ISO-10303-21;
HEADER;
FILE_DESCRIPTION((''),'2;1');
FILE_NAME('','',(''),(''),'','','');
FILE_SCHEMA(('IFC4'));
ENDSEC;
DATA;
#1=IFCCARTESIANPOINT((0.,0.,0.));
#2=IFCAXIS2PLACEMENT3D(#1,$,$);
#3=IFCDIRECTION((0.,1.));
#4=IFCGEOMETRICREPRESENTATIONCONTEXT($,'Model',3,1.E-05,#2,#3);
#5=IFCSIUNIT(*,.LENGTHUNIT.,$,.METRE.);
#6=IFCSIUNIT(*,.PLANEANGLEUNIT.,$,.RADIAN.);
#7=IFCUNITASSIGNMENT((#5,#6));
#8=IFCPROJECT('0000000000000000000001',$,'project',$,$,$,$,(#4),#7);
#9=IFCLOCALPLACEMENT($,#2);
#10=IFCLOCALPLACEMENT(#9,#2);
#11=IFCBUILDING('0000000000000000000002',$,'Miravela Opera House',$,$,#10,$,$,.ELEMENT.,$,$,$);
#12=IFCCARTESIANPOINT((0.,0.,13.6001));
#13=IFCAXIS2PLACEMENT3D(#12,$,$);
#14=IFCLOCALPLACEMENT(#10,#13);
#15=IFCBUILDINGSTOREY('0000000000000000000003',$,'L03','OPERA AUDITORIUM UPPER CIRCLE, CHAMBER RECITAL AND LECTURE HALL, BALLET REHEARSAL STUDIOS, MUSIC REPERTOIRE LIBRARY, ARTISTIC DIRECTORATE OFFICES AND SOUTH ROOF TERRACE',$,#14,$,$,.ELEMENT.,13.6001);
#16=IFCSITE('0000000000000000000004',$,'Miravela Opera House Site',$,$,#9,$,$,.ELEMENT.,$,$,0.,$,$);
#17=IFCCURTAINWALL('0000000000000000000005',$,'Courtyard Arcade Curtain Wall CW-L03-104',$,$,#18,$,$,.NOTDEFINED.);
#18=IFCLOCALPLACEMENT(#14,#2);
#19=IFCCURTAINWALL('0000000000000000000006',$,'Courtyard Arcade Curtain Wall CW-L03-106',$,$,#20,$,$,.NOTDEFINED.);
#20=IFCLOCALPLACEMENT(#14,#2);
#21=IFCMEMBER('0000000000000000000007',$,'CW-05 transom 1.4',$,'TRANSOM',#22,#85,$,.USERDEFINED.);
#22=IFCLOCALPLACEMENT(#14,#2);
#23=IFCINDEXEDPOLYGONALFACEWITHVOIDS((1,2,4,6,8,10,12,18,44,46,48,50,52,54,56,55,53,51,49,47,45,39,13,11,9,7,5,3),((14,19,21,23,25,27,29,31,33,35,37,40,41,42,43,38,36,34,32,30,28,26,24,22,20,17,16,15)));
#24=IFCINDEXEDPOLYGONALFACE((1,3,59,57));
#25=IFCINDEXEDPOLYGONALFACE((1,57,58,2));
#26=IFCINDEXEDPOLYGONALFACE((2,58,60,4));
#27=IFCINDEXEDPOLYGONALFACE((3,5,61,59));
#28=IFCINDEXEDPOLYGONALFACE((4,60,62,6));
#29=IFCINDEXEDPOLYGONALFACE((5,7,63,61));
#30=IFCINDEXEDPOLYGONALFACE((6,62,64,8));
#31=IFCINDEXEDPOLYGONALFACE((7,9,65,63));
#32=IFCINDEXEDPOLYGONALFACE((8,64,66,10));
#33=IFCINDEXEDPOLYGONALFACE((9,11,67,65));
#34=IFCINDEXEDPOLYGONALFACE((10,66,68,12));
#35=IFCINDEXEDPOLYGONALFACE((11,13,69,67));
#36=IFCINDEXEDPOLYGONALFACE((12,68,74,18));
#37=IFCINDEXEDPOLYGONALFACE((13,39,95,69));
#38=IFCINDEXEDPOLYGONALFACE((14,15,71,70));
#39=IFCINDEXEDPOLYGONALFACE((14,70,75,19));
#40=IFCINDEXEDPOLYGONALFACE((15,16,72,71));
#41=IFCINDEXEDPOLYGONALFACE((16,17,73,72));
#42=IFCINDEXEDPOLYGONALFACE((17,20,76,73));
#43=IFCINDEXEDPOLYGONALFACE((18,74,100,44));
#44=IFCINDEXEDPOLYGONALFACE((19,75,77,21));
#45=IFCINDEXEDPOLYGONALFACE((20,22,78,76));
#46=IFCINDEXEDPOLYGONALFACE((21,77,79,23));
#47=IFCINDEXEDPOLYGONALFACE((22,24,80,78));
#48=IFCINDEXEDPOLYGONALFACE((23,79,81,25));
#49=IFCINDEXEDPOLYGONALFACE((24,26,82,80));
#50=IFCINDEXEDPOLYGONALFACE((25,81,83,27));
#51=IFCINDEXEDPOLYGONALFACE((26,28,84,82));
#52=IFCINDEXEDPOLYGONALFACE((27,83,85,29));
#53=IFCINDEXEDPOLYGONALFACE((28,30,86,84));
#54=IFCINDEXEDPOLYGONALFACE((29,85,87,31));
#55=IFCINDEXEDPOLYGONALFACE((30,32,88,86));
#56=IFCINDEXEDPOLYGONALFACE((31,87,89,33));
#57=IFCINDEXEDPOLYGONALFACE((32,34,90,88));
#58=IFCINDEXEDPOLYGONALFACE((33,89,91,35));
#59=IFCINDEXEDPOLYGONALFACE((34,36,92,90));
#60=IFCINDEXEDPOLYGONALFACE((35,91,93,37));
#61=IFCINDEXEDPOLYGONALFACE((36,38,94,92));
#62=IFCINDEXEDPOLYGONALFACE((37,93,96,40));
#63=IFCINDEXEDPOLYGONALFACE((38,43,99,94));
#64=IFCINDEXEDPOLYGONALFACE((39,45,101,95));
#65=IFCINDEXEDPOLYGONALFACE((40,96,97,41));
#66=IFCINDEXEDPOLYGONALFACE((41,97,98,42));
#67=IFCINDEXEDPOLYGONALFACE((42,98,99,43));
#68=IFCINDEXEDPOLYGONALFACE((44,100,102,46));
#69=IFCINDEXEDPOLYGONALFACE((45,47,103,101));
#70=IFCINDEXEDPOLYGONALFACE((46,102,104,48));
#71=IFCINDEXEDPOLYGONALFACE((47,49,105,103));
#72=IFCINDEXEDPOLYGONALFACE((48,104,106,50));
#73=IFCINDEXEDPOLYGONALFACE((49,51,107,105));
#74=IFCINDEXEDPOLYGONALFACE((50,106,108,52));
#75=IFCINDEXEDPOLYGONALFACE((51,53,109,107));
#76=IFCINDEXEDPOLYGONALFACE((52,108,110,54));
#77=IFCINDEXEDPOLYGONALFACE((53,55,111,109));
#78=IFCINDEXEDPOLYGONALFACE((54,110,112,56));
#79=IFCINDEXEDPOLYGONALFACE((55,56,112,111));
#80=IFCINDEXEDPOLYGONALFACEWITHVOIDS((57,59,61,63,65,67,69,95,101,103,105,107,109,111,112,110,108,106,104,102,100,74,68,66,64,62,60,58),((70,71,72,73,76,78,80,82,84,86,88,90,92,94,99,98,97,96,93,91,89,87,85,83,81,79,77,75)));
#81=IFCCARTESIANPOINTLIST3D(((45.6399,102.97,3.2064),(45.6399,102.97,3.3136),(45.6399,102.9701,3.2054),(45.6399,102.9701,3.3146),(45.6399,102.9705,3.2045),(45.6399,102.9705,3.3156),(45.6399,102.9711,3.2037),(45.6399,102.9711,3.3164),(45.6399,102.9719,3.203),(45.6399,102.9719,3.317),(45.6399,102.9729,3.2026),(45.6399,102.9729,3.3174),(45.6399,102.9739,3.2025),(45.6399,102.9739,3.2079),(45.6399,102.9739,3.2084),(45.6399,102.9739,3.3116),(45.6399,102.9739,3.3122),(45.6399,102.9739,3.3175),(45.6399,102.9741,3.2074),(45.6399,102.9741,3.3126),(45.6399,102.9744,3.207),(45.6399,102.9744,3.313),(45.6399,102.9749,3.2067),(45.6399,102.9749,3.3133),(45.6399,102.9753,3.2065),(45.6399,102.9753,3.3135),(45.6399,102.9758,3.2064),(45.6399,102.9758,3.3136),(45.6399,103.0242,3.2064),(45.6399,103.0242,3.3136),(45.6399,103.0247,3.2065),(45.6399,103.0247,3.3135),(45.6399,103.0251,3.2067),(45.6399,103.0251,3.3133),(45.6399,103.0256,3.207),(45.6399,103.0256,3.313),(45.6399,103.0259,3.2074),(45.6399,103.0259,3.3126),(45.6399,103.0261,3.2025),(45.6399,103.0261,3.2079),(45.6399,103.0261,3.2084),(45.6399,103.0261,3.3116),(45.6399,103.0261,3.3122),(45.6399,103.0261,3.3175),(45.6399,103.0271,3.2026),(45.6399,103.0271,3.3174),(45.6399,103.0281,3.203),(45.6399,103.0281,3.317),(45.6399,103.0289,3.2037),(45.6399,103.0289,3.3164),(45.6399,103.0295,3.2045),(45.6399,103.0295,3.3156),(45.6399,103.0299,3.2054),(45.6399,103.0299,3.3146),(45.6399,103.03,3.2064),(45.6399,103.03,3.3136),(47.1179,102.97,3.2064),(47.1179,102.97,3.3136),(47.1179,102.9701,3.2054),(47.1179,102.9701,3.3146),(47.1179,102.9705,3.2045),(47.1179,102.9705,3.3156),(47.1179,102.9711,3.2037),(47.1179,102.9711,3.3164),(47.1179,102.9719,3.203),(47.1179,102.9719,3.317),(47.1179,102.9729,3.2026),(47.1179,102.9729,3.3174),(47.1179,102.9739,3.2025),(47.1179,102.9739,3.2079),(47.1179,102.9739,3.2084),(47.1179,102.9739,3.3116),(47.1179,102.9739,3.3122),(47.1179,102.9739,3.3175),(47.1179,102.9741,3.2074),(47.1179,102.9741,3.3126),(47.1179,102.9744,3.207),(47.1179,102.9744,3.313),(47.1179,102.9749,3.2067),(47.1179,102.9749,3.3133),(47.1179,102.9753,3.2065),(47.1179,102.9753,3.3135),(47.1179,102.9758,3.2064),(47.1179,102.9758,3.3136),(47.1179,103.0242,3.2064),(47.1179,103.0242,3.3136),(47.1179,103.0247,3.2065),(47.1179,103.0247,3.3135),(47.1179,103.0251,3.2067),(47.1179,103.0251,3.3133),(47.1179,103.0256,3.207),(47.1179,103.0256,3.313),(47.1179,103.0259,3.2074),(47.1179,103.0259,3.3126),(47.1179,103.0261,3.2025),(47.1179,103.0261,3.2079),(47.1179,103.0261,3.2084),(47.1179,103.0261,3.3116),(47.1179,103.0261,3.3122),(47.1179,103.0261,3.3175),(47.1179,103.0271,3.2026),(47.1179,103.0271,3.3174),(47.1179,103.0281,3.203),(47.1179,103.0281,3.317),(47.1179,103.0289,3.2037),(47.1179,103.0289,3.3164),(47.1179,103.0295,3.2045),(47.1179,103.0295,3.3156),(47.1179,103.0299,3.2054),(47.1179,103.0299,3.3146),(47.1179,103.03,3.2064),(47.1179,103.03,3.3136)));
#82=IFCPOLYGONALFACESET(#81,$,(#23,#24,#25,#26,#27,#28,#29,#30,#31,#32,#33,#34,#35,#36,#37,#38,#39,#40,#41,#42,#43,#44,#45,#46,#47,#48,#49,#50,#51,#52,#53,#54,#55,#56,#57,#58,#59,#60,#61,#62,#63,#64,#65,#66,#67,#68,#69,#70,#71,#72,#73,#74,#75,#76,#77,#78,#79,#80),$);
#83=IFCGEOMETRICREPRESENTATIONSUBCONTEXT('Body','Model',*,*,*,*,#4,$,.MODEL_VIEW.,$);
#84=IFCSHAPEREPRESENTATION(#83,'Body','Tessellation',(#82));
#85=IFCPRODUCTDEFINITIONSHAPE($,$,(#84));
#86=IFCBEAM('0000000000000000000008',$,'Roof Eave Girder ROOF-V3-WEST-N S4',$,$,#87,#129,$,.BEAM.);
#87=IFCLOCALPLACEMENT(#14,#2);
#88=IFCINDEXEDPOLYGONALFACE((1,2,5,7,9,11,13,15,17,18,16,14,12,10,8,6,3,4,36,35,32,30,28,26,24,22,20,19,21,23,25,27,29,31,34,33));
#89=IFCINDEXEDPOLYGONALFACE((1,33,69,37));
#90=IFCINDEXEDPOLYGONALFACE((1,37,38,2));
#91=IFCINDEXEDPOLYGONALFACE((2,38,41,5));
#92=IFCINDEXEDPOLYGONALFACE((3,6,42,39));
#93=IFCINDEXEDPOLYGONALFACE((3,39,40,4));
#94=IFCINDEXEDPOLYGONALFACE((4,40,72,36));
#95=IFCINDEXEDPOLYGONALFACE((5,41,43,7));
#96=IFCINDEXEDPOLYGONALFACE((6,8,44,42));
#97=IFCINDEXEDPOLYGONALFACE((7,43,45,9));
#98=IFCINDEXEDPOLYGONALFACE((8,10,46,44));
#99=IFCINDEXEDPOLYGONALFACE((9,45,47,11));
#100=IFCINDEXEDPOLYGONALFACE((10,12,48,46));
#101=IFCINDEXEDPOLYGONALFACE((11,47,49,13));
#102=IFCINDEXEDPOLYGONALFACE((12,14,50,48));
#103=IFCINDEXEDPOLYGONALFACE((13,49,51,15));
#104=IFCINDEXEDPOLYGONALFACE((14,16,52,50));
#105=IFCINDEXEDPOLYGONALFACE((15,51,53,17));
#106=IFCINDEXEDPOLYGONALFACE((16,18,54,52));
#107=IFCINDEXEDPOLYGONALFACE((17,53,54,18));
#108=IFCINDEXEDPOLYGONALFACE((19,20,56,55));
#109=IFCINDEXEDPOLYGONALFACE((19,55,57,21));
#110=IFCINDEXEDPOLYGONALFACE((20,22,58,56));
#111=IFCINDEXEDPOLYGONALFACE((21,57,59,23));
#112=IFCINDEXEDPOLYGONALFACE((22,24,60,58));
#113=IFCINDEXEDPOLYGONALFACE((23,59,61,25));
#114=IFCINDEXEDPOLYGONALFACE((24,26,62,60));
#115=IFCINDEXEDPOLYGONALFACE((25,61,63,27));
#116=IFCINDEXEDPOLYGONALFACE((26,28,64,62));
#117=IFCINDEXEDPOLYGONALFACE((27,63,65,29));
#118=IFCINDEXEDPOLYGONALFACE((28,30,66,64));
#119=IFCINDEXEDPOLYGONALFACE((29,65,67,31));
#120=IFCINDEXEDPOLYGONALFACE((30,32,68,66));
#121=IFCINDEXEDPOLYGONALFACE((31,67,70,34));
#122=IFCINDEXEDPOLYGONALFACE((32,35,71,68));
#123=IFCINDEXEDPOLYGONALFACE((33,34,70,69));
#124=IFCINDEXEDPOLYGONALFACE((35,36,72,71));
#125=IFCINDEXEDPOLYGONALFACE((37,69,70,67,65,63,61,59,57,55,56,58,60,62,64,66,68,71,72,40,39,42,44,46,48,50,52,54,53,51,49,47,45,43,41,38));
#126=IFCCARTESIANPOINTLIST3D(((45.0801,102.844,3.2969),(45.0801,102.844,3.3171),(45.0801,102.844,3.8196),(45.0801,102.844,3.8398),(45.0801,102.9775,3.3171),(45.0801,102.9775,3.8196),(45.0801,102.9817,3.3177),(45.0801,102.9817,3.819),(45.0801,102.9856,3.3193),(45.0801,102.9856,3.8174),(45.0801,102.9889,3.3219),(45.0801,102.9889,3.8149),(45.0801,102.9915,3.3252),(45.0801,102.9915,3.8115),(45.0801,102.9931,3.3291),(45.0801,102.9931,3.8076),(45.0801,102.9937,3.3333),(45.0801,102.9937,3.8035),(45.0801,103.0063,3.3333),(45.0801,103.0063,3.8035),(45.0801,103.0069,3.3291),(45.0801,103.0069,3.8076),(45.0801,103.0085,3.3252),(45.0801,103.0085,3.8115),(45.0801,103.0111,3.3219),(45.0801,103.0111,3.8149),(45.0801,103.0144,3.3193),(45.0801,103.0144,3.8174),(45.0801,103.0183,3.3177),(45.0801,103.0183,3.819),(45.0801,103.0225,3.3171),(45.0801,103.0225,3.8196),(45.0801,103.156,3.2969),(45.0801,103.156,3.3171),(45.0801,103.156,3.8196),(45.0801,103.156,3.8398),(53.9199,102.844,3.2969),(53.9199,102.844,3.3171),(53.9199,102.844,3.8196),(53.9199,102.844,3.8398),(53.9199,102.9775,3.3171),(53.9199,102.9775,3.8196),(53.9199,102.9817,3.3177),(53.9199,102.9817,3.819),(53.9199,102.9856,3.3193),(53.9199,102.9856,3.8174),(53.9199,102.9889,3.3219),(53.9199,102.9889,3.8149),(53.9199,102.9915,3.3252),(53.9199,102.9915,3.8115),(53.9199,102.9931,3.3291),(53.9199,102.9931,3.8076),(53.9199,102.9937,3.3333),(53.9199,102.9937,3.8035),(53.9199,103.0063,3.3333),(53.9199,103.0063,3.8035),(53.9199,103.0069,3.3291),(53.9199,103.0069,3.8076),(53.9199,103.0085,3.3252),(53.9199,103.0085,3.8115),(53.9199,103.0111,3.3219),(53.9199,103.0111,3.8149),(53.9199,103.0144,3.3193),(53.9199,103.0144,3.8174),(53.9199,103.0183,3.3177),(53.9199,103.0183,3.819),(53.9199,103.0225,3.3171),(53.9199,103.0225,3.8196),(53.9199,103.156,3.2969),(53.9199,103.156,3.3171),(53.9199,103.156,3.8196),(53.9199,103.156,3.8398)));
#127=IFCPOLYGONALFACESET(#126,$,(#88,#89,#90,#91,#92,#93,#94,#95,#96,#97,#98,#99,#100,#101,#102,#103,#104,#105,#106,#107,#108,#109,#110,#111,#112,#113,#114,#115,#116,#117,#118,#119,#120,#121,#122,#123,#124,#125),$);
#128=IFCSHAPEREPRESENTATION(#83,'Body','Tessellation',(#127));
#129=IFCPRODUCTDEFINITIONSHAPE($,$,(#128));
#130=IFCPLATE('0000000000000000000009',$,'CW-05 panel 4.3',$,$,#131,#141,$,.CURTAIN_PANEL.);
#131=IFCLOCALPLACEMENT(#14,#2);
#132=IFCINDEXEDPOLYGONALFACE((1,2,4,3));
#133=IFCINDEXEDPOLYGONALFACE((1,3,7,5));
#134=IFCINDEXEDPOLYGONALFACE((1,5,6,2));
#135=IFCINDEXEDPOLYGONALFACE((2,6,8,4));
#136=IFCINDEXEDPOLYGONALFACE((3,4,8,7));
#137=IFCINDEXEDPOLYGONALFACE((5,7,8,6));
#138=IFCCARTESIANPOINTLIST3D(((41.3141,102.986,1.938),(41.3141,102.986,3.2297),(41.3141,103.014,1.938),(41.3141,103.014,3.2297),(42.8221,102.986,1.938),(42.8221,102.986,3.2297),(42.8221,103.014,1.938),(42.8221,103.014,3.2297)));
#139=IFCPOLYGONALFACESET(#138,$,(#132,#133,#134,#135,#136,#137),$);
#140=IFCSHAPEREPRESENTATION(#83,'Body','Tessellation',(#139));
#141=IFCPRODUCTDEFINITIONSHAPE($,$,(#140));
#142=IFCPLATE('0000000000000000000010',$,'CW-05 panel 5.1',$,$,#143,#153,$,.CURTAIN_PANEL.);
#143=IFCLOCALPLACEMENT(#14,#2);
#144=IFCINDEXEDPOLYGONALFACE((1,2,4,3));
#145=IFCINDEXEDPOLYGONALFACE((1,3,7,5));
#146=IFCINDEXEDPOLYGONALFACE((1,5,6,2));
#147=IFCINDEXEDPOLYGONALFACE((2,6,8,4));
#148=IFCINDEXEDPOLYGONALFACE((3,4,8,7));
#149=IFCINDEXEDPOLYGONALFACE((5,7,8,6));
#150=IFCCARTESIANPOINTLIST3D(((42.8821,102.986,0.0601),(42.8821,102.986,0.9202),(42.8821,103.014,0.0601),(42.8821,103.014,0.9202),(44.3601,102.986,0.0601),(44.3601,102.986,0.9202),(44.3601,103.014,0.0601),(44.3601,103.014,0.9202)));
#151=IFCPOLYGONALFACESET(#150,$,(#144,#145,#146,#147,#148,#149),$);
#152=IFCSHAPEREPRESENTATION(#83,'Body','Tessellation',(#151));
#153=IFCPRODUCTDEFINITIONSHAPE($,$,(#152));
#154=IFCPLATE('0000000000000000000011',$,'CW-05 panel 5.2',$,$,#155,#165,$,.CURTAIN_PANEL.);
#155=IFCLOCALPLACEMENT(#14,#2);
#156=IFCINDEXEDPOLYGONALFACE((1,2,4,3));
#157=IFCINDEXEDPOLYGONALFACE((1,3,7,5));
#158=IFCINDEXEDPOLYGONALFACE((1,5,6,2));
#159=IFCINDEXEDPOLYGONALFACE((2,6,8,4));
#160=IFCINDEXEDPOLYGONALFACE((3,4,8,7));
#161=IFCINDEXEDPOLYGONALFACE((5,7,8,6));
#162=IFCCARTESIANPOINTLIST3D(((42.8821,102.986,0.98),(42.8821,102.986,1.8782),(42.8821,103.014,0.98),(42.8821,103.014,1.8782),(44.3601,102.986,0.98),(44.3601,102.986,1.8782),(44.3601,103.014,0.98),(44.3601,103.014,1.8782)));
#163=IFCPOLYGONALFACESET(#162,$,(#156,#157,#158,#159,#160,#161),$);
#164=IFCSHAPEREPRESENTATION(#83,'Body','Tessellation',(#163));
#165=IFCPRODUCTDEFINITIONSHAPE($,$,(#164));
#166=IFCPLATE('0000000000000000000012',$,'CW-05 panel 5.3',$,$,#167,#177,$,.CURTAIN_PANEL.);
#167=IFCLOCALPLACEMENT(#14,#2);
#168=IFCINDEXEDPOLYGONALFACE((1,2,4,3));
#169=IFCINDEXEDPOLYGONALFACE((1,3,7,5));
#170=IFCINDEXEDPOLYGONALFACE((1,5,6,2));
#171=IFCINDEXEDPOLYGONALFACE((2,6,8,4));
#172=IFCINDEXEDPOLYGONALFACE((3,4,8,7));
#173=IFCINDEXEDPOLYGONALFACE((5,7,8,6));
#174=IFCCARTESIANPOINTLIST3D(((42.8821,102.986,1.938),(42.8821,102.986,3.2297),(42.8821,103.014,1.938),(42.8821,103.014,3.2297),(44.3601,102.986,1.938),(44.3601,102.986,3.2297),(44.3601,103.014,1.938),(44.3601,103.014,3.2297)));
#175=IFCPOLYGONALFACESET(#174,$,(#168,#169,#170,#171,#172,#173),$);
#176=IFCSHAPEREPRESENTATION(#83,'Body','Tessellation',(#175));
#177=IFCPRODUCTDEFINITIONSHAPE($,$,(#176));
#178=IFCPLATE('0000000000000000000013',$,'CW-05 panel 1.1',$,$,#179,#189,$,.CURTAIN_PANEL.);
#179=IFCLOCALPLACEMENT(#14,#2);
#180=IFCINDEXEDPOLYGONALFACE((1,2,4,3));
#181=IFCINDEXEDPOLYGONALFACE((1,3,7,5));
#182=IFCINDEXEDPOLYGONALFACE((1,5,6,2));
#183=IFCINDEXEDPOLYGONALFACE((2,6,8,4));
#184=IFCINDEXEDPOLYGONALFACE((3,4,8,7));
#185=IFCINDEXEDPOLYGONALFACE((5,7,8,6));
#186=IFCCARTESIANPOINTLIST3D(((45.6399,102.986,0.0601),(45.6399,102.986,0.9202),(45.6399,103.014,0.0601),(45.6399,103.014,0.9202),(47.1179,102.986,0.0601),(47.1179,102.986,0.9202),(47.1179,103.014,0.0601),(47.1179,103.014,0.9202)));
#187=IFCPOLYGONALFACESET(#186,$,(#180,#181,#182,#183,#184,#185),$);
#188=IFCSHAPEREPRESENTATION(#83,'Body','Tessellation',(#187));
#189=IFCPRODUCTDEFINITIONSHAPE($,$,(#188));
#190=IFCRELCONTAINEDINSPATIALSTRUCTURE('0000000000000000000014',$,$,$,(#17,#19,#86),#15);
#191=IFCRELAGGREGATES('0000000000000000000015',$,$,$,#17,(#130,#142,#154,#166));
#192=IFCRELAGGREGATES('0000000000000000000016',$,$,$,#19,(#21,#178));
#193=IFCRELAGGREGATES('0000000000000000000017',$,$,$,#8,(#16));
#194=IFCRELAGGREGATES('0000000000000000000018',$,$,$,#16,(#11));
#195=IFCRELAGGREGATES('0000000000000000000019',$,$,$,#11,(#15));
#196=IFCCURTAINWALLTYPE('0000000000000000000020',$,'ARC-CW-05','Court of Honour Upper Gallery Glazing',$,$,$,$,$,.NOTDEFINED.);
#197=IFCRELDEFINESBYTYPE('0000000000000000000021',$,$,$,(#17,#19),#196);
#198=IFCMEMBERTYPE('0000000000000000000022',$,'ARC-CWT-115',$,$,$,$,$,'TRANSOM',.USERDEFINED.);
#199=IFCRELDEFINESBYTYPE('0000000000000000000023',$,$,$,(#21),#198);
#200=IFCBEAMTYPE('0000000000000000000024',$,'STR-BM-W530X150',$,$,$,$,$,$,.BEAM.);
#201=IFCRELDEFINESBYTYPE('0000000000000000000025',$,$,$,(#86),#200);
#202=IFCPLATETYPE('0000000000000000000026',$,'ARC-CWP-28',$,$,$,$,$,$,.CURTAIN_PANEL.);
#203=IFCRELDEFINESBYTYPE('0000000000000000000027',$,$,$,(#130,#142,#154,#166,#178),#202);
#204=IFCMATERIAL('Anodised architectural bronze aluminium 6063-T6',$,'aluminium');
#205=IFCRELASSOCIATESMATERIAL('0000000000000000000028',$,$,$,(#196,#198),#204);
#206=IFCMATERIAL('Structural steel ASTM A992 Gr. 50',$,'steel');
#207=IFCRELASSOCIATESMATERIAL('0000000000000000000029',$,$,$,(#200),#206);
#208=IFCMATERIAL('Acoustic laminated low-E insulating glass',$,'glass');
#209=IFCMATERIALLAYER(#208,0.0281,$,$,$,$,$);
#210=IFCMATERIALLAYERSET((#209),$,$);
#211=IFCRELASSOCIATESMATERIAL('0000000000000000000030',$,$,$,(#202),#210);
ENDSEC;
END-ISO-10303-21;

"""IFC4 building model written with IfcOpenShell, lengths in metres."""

from ifc_helpers import new_model, si_unit, direction, frame, origin, origin_2d, place, context, subcontext, project, spatial, rectangle, hollow_rectangle, i_section, extrude, material, layer, layer_set, material_profile, profile_set, type_object, element, aggregate, save


model = new_model("IFC4")

# Units and contexts
model_context = context("Model", 3, precision=1e-05, world=origin(), true_north=direction((0.0, 1.0)))
body_context = subcontext(model_context, "Body", "Model", "MODEL_VIEW")
ifc_project = project(units=[si_unit("LENGTHUNIT", "METRE"), si_unit("PLANEANGLEUNIT", "RADIAN")], contexts=[model_context])

# Site, building, storey
site_placement = place(None, origin())
site = spatial("IfcSite", under=ifc_project, at=site_placement, Name="Miravela Opera House Site", CompositionType="ELEMENT", RefElevation=0.0)
building_placement = place(site_placement, origin())
building = spatial("IfcBuilding", under=site, at=building_placement, Name="Miravela Opera House", CompositionType="ELEMENT")
storey_placement = place(building_placement, frame((0.0, 0.0, 13.6001)))
storey = spatial("IfcBuildingStorey", under=building, at=storey_placement, Name="L03", Description="OPERA AUDITORIUM UPPER CIRCLE, CHAMBER RECITAL AND LECTURE HALL, BALLET REHEARSAL STUDIOS, MUSIC REPERTOIRE LIBRARY, ARTISTIC DIRECTORATE OFFICES AND SOUTH ROOF TERRACE", CompositionType="ELEMENT", Elevation=13.6001)

# Curtain wall
ifc_material_1 = material(Name="Anodised architectural bronze aluminium 6063-T6", Category="aluminium")
curtain_wall_type = type_object("IfcCurtainWallType", Name="ARC-CW-05", Description="Court of Honour Upper Gallery Glazing", PredefinedType="NOTDEFINED", material=ifc_material_1)
curtain_wall_1_placement = place(storey_placement, origin())
curtain_wall_1 = element("IfcCurtainWall", 1, at=curtain_wall_1_placement, inside=storey, type_object=curtain_wall_type, Name="Courtyard Arcade Curtain Wall CW-L03-104", PredefinedType="NOTDEFINED")

# Curtain wall
curtain_wall_2_placement = place(storey_placement, origin())
curtain_wall_2 = element("IfcCurtainWall", 2, at=curtain_wall_2_placement, inside=storey, type_object=curtain_wall_type, Name="Courtyard Arcade Curtain Wall CW-L03-106", PredefinedType="NOTDEFINED")

# Member
ifc_material_profile_1 = material_profile(ifc_material_1, hollow_rectangle(XDim=0.0601, YDim=0.115, WallThickness=0.0039, InnerFilletRadius=0.002, OuterFilletRadius=0.0039, at=origin_2d()), Name="CWT-60X115")
ifc_profile_set_1 = profile_set([ifc_material_profile_1])
member_type_1 = type_object("IfcMemberType", Name="ARC-CWT-115", ElementType="TRANSOM", PredefinedType="USERDEFINED", material=ifc_profile_set_1)
member_1_placement = place(storey_placement, frame((45.6399, 103.0, 3.26), z_axis=(1.0, 0.0, 0.0), x_axis=(0.0, 1.0, 0.0)))
member_1 = element("IfcMember", 3, at=member_1_placement, type_object=member_type_1, Name="CW-05 transom 1.4", ObjectType="TRANSOM", PredefinedType="USERDEFINED", context=body_context, shape_type="SweptSolid", body=[
    extrude(hollow_rectangle(XDim=0.0601, YDim=0.115, WallThickness=0.0039, InnerFilletRadius=0.002, OuterFilletRadius=0.0039, at=origin_2d()), origin(), (0.0, 0.0, 1.0), 1.478),
])

# Beam
ifc_material_2 = material(Name="Structural steel ASTM A992 Gr. 50", Category="steel")
ifc_material_profile_2 = material_profile(ifc_material_2, i_section(OverallWidth=0.312, OverallDepth=0.543, WebThickness=0.0127, FlangeThickness=0.0203, FilletRadius=0.0161, at=origin_2d()), Name="W530X150")
ifc_profile_set_2 = profile_set([ifc_material_profile_2])
beam_type = type_object("IfcBeamType", Name="STR-BM-W530X150", PredefinedType="BEAM", material=ifc_profile_set_2)
beam_placement = place(storey_placement, frame((45.0801, 103.0, 3.5684), z_axis=(1.0, 0.0, 0.0), x_axis=(0.0, 1.0, 0.0)))
element("IfcBeam", 4, at=beam_placement, inside=storey, type_object=beam_type, Name="Roof Eave Girder ROOF-V3-WEST-N S4", PredefinedType="BEAM", context=body_context, shape_type="SweptSolid", body=[
    extrude(i_section(OverallWidth=0.312, OverallDepth=0.543, WebThickness=0.0127, FlangeThickness=0.0203, FilletRadius=0.0161, at=origin_2d()), origin(), (0.0, 0.0, 1.0), 8.8398),
])

# Plates
ifc_material_3 = material(Name="Acoustic laminated low-E insulating glass", Category="glass")
ifc_layer = layer(ifc_material_3, 0.0281)
ifc_layer_set = layer_set([ifc_layer])
plate_type = type_object("IfcPlateType", Name="ARC-CWP-28", PredefinedType="CURTAIN_PANEL", material=ifc_layer_set)
plate_1_placement = place(storey_placement, frame((42.0681, 103.0, 1.938), z_axis=(0.0, 0.0, 1.0), x_axis=(1.0, 0.0, 0.0)))
plate_1 = element("IfcPlate", 5, at=plate_1_placement, type_object=plate_type, Name="CW-05 panel 4.3", PredefinedType="CURTAIN_PANEL", context=body_context, shape_type="SweptSolid", body=[
    extrude(rectangle(XDim=1.5081, YDim=0.0281, at=origin_2d()), origin(), (0.0, 0.0, 1.0), 1.2917),
])
plate_2_placement = place(storey_placement, frame((43.6211, 103.0, 0.0601), z_axis=(0.0, 0.0, 1.0), x_axis=(1.0, 0.0, 0.0)))
plate_2 = element("IfcPlate", 6, at=plate_2_placement, type_object=plate_type, Name="CW-05 panel 5.1", PredefinedType="CURTAIN_PANEL", context=body_context, shape_type="SweptSolid", body=[
    extrude(rectangle(XDim=1.478, YDim=0.0281, at=origin_2d()), origin(), (0.0, 0.0, 1.0), 0.8601),
])
plate_3_placement = place(storey_placement, frame((43.6211, 103.0, 0.98), z_axis=(0.0, 0.0, 1.0), x_axis=(1.0, 0.0, 0.0)))
plate_3 = element("IfcPlate", 7, at=plate_3_placement, type_object=plate_type, Name="CW-05 panel 5.2", PredefinedType="CURTAIN_PANEL", context=body_context, shape_type="SweptSolid", body=[
    extrude(rectangle(XDim=1.478, YDim=0.0281, at=origin_2d()), origin(), (0.0, 0.0, 1.0), 0.8982),
])
plate_4_placement = place(storey_placement, frame((43.6211, 103.0, 1.938), z_axis=(0.0, 0.0, 1.0), x_axis=(1.0, 0.0, 0.0)))
plate_4 = element("IfcPlate", 8, at=plate_4_placement, type_object=plate_type, Name="CW-05 panel 5.3", PredefinedType="CURTAIN_PANEL", context=body_context, shape_type="SweptSolid", body=[
    extrude(rectangle(XDim=1.478, YDim=0.0281, at=origin_2d()), origin(), (0.0, 0.0, 1.0), 1.2917),
])
aggregate(curtain_wall_1, [plate_1, plate_2, plate_3, plate_4])
plate_5_placement = place(storey_placement, frame((46.3789, 103.0, 0.0601), z_axis=(0.0, 0.0, 1.0), x_axis=(1.0, 0.0, 0.0)))
plate_5 = element("IfcPlate", 9, at=plate_5_placement, type_object=plate_type, Name="CW-05 panel 1.1", PredefinedType="CURTAIN_PANEL", context=body_context, shape_type="SweptSolid", body=[
    extrude(rectangle(XDim=1.478, YDim=0.0281, at=origin_2d()), origin(), (0.0, 0.0, 1.0), 0.8601),
])
aggregate(curtain_wall_2, [member_1, plate_5])

save(model, "model.ifc")
